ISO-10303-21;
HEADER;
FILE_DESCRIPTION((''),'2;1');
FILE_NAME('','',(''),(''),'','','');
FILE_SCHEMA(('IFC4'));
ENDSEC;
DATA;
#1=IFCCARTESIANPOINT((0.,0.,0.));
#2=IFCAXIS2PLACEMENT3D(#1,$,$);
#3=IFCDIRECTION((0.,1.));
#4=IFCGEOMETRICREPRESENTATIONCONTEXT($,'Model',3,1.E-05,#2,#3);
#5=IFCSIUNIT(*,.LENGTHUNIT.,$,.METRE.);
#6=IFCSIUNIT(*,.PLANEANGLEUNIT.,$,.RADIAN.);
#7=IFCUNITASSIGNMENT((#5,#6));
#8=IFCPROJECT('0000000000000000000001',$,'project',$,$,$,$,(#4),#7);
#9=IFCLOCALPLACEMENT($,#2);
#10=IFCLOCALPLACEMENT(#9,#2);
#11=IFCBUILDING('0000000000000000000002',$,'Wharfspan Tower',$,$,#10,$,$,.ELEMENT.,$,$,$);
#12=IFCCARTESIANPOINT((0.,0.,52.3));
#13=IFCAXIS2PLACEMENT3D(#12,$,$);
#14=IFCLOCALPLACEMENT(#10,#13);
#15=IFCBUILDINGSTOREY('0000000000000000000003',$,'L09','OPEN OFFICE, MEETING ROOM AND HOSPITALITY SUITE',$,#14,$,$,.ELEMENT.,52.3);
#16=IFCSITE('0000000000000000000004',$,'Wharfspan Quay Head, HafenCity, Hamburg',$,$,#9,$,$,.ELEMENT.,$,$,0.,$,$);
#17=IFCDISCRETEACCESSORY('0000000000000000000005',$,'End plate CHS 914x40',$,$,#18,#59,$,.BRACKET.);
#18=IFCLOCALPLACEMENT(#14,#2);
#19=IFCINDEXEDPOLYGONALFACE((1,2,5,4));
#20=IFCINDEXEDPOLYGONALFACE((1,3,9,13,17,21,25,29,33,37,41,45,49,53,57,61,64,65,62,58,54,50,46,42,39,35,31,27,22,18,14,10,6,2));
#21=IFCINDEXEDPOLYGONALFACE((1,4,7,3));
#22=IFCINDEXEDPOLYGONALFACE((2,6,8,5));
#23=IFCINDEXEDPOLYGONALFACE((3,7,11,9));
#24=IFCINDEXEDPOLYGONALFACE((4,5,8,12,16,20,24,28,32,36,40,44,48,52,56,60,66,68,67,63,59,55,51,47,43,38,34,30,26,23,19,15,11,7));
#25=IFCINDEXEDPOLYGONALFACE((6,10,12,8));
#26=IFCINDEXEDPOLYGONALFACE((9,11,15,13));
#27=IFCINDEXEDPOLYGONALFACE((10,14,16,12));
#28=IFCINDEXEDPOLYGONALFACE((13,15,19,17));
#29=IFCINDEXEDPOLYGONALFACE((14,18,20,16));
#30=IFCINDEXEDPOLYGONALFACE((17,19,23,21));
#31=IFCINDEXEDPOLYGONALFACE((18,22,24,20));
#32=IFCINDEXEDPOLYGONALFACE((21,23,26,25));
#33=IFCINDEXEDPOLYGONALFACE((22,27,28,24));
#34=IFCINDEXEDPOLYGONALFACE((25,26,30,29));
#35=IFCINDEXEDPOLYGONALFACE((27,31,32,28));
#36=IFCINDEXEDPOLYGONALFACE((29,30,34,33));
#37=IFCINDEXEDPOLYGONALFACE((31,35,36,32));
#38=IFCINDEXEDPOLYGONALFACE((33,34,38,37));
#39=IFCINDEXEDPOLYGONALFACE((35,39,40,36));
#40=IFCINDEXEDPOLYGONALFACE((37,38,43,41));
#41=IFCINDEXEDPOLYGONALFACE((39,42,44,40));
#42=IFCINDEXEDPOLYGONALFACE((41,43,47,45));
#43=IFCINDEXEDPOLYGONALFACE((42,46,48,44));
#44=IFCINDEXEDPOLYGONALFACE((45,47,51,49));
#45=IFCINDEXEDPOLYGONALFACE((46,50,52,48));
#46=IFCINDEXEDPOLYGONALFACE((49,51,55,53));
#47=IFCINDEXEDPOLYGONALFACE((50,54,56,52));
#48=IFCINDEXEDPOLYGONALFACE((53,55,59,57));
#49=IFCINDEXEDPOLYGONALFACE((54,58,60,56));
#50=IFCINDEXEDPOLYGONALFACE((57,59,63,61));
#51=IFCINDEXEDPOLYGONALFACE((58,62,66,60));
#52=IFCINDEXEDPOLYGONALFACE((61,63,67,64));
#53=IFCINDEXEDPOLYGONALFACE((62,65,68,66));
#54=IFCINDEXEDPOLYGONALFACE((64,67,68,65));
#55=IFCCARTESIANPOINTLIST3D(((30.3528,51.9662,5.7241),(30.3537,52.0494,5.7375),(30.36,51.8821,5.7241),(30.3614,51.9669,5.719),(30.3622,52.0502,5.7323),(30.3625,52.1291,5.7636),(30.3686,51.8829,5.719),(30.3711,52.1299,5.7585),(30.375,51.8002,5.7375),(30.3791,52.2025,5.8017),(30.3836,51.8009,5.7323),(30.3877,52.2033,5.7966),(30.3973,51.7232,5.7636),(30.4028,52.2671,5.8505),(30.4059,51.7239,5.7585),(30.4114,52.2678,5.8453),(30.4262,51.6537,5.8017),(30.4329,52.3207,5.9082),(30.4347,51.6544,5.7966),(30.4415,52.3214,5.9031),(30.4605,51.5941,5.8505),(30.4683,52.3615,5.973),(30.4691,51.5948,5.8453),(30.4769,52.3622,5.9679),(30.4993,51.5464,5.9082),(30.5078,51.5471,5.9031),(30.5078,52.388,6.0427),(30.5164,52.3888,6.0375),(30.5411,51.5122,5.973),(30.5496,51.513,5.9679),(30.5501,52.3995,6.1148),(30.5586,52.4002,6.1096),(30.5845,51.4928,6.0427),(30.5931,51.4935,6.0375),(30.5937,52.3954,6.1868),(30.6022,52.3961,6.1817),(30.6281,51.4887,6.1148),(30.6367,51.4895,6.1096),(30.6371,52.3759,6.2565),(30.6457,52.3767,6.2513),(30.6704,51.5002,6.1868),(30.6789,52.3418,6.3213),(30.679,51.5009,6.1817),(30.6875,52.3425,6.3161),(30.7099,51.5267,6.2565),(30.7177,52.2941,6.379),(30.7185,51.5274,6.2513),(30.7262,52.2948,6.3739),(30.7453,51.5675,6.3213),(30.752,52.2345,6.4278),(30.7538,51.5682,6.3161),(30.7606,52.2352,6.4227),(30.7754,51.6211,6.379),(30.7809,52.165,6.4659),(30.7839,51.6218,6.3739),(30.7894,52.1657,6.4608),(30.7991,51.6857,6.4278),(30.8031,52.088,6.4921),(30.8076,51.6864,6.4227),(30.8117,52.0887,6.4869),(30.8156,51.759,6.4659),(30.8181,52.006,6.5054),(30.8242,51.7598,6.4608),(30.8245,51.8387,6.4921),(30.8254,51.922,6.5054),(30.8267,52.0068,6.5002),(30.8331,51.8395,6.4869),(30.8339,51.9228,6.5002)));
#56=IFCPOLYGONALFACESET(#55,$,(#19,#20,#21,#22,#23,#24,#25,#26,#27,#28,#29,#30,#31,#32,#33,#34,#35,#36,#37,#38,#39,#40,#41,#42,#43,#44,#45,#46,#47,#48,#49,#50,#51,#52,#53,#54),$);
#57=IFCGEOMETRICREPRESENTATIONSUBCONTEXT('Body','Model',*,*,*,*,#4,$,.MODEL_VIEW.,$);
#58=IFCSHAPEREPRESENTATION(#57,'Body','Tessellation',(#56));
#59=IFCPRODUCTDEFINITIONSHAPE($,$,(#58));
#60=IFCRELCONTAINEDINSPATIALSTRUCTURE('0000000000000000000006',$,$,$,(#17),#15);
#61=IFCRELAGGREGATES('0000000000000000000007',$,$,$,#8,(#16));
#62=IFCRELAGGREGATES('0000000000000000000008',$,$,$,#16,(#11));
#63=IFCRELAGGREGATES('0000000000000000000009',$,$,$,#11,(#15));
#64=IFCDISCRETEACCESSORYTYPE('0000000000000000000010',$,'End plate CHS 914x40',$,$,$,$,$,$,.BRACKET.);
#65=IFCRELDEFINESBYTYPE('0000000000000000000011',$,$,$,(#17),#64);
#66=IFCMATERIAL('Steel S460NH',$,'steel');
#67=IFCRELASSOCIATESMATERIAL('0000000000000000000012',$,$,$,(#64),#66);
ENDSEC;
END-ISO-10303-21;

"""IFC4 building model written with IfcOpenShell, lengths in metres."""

from ifc_helpers import new_model, si_unit, direction, frame, origin, origin_2d, place, context, subcontext, project, spatial, circle, extrude, material, material_profile, profile_set, type_object, element, save


model = new_model("IFC4")

# Units and contexts
model_context = context("Model", 3, precision=1e-05, world=origin(), true_north=direction((0.0, 1.0)))
body_context = subcontext(model_context, "Body", "Model", "MODEL_VIEW")
ifc_project = project(units=[si_unit("LENGTHUNIT", "METRE"), si_unit("PLANEANGLEUNIT", "RADIAN")], contexts=[model_context])

# Site, building, storey
site_placement = place(None, origin())
site = spatial("IfcSite", under=ifc_project, at=site_placement, Name="Wharfspan Quay Head, HafenCity, Hamburg", CompositionType="ELEMENT", RefElevation=0.0)
building_placement = place(site_placement, origin())
building = spatial("IfcBuilding", under=site, at=building_placement, Name="Wharfspan Tower", CompositionType="ELEMENT")
storey_placement = place(building_placement, frame((0.0, 0.0, 52.3)))
storey = spatial("IfcBuildingStorey", under=building, at=storey_placement, Name="L09", Description="OPEN OFFICE, MEETING ROOM AND HOSPITALITY SUITE", CompositionType="ELEMENT", Elevation=52.3)

# Shared definitions
ifc_material_1 = material(Name="Steel S460NH", Category="steel")

# Discrete accessory
ifc_material_profile_1 = material_profile(ifc_material_1, circle(Radius=0.457, at=origin_2d()))
ifc_profile_set_1 = profile_set([ifc_material_profile_1], Name="Steel S460NH")
discrete_accessory_type = type_object("IfcDiscreteAccessoryType", Name="End plate CHS 914x40", PredefinedType="BRACKET", material=ifc_profile_set_1)
for number, where, z_axis, x_axis, name in (
    (1, (30.5977, 51.9448, 6.1096), (-0.855186, -0.073302, 0.513112), (0.085402, -0.996345, 0.000001), "End plate CHS 914x40"),
):
    element("IfcDiscreteAccessory", number, at=place(storey_placement, frame(where, z_axis=z_axis, x_axis=x_axis)), inside=storey, type_object=discrete_accessory_type, Name=name, PredefinedType="BRACKET", context=body_context, shape_type="SweptSolid", body=[
        extrude(circle(Radius=0.457, at=origin_2d()), origin(), (0.0, 0.0, 1.0), 0.01),
    ])

save(model, "model.ifc")
